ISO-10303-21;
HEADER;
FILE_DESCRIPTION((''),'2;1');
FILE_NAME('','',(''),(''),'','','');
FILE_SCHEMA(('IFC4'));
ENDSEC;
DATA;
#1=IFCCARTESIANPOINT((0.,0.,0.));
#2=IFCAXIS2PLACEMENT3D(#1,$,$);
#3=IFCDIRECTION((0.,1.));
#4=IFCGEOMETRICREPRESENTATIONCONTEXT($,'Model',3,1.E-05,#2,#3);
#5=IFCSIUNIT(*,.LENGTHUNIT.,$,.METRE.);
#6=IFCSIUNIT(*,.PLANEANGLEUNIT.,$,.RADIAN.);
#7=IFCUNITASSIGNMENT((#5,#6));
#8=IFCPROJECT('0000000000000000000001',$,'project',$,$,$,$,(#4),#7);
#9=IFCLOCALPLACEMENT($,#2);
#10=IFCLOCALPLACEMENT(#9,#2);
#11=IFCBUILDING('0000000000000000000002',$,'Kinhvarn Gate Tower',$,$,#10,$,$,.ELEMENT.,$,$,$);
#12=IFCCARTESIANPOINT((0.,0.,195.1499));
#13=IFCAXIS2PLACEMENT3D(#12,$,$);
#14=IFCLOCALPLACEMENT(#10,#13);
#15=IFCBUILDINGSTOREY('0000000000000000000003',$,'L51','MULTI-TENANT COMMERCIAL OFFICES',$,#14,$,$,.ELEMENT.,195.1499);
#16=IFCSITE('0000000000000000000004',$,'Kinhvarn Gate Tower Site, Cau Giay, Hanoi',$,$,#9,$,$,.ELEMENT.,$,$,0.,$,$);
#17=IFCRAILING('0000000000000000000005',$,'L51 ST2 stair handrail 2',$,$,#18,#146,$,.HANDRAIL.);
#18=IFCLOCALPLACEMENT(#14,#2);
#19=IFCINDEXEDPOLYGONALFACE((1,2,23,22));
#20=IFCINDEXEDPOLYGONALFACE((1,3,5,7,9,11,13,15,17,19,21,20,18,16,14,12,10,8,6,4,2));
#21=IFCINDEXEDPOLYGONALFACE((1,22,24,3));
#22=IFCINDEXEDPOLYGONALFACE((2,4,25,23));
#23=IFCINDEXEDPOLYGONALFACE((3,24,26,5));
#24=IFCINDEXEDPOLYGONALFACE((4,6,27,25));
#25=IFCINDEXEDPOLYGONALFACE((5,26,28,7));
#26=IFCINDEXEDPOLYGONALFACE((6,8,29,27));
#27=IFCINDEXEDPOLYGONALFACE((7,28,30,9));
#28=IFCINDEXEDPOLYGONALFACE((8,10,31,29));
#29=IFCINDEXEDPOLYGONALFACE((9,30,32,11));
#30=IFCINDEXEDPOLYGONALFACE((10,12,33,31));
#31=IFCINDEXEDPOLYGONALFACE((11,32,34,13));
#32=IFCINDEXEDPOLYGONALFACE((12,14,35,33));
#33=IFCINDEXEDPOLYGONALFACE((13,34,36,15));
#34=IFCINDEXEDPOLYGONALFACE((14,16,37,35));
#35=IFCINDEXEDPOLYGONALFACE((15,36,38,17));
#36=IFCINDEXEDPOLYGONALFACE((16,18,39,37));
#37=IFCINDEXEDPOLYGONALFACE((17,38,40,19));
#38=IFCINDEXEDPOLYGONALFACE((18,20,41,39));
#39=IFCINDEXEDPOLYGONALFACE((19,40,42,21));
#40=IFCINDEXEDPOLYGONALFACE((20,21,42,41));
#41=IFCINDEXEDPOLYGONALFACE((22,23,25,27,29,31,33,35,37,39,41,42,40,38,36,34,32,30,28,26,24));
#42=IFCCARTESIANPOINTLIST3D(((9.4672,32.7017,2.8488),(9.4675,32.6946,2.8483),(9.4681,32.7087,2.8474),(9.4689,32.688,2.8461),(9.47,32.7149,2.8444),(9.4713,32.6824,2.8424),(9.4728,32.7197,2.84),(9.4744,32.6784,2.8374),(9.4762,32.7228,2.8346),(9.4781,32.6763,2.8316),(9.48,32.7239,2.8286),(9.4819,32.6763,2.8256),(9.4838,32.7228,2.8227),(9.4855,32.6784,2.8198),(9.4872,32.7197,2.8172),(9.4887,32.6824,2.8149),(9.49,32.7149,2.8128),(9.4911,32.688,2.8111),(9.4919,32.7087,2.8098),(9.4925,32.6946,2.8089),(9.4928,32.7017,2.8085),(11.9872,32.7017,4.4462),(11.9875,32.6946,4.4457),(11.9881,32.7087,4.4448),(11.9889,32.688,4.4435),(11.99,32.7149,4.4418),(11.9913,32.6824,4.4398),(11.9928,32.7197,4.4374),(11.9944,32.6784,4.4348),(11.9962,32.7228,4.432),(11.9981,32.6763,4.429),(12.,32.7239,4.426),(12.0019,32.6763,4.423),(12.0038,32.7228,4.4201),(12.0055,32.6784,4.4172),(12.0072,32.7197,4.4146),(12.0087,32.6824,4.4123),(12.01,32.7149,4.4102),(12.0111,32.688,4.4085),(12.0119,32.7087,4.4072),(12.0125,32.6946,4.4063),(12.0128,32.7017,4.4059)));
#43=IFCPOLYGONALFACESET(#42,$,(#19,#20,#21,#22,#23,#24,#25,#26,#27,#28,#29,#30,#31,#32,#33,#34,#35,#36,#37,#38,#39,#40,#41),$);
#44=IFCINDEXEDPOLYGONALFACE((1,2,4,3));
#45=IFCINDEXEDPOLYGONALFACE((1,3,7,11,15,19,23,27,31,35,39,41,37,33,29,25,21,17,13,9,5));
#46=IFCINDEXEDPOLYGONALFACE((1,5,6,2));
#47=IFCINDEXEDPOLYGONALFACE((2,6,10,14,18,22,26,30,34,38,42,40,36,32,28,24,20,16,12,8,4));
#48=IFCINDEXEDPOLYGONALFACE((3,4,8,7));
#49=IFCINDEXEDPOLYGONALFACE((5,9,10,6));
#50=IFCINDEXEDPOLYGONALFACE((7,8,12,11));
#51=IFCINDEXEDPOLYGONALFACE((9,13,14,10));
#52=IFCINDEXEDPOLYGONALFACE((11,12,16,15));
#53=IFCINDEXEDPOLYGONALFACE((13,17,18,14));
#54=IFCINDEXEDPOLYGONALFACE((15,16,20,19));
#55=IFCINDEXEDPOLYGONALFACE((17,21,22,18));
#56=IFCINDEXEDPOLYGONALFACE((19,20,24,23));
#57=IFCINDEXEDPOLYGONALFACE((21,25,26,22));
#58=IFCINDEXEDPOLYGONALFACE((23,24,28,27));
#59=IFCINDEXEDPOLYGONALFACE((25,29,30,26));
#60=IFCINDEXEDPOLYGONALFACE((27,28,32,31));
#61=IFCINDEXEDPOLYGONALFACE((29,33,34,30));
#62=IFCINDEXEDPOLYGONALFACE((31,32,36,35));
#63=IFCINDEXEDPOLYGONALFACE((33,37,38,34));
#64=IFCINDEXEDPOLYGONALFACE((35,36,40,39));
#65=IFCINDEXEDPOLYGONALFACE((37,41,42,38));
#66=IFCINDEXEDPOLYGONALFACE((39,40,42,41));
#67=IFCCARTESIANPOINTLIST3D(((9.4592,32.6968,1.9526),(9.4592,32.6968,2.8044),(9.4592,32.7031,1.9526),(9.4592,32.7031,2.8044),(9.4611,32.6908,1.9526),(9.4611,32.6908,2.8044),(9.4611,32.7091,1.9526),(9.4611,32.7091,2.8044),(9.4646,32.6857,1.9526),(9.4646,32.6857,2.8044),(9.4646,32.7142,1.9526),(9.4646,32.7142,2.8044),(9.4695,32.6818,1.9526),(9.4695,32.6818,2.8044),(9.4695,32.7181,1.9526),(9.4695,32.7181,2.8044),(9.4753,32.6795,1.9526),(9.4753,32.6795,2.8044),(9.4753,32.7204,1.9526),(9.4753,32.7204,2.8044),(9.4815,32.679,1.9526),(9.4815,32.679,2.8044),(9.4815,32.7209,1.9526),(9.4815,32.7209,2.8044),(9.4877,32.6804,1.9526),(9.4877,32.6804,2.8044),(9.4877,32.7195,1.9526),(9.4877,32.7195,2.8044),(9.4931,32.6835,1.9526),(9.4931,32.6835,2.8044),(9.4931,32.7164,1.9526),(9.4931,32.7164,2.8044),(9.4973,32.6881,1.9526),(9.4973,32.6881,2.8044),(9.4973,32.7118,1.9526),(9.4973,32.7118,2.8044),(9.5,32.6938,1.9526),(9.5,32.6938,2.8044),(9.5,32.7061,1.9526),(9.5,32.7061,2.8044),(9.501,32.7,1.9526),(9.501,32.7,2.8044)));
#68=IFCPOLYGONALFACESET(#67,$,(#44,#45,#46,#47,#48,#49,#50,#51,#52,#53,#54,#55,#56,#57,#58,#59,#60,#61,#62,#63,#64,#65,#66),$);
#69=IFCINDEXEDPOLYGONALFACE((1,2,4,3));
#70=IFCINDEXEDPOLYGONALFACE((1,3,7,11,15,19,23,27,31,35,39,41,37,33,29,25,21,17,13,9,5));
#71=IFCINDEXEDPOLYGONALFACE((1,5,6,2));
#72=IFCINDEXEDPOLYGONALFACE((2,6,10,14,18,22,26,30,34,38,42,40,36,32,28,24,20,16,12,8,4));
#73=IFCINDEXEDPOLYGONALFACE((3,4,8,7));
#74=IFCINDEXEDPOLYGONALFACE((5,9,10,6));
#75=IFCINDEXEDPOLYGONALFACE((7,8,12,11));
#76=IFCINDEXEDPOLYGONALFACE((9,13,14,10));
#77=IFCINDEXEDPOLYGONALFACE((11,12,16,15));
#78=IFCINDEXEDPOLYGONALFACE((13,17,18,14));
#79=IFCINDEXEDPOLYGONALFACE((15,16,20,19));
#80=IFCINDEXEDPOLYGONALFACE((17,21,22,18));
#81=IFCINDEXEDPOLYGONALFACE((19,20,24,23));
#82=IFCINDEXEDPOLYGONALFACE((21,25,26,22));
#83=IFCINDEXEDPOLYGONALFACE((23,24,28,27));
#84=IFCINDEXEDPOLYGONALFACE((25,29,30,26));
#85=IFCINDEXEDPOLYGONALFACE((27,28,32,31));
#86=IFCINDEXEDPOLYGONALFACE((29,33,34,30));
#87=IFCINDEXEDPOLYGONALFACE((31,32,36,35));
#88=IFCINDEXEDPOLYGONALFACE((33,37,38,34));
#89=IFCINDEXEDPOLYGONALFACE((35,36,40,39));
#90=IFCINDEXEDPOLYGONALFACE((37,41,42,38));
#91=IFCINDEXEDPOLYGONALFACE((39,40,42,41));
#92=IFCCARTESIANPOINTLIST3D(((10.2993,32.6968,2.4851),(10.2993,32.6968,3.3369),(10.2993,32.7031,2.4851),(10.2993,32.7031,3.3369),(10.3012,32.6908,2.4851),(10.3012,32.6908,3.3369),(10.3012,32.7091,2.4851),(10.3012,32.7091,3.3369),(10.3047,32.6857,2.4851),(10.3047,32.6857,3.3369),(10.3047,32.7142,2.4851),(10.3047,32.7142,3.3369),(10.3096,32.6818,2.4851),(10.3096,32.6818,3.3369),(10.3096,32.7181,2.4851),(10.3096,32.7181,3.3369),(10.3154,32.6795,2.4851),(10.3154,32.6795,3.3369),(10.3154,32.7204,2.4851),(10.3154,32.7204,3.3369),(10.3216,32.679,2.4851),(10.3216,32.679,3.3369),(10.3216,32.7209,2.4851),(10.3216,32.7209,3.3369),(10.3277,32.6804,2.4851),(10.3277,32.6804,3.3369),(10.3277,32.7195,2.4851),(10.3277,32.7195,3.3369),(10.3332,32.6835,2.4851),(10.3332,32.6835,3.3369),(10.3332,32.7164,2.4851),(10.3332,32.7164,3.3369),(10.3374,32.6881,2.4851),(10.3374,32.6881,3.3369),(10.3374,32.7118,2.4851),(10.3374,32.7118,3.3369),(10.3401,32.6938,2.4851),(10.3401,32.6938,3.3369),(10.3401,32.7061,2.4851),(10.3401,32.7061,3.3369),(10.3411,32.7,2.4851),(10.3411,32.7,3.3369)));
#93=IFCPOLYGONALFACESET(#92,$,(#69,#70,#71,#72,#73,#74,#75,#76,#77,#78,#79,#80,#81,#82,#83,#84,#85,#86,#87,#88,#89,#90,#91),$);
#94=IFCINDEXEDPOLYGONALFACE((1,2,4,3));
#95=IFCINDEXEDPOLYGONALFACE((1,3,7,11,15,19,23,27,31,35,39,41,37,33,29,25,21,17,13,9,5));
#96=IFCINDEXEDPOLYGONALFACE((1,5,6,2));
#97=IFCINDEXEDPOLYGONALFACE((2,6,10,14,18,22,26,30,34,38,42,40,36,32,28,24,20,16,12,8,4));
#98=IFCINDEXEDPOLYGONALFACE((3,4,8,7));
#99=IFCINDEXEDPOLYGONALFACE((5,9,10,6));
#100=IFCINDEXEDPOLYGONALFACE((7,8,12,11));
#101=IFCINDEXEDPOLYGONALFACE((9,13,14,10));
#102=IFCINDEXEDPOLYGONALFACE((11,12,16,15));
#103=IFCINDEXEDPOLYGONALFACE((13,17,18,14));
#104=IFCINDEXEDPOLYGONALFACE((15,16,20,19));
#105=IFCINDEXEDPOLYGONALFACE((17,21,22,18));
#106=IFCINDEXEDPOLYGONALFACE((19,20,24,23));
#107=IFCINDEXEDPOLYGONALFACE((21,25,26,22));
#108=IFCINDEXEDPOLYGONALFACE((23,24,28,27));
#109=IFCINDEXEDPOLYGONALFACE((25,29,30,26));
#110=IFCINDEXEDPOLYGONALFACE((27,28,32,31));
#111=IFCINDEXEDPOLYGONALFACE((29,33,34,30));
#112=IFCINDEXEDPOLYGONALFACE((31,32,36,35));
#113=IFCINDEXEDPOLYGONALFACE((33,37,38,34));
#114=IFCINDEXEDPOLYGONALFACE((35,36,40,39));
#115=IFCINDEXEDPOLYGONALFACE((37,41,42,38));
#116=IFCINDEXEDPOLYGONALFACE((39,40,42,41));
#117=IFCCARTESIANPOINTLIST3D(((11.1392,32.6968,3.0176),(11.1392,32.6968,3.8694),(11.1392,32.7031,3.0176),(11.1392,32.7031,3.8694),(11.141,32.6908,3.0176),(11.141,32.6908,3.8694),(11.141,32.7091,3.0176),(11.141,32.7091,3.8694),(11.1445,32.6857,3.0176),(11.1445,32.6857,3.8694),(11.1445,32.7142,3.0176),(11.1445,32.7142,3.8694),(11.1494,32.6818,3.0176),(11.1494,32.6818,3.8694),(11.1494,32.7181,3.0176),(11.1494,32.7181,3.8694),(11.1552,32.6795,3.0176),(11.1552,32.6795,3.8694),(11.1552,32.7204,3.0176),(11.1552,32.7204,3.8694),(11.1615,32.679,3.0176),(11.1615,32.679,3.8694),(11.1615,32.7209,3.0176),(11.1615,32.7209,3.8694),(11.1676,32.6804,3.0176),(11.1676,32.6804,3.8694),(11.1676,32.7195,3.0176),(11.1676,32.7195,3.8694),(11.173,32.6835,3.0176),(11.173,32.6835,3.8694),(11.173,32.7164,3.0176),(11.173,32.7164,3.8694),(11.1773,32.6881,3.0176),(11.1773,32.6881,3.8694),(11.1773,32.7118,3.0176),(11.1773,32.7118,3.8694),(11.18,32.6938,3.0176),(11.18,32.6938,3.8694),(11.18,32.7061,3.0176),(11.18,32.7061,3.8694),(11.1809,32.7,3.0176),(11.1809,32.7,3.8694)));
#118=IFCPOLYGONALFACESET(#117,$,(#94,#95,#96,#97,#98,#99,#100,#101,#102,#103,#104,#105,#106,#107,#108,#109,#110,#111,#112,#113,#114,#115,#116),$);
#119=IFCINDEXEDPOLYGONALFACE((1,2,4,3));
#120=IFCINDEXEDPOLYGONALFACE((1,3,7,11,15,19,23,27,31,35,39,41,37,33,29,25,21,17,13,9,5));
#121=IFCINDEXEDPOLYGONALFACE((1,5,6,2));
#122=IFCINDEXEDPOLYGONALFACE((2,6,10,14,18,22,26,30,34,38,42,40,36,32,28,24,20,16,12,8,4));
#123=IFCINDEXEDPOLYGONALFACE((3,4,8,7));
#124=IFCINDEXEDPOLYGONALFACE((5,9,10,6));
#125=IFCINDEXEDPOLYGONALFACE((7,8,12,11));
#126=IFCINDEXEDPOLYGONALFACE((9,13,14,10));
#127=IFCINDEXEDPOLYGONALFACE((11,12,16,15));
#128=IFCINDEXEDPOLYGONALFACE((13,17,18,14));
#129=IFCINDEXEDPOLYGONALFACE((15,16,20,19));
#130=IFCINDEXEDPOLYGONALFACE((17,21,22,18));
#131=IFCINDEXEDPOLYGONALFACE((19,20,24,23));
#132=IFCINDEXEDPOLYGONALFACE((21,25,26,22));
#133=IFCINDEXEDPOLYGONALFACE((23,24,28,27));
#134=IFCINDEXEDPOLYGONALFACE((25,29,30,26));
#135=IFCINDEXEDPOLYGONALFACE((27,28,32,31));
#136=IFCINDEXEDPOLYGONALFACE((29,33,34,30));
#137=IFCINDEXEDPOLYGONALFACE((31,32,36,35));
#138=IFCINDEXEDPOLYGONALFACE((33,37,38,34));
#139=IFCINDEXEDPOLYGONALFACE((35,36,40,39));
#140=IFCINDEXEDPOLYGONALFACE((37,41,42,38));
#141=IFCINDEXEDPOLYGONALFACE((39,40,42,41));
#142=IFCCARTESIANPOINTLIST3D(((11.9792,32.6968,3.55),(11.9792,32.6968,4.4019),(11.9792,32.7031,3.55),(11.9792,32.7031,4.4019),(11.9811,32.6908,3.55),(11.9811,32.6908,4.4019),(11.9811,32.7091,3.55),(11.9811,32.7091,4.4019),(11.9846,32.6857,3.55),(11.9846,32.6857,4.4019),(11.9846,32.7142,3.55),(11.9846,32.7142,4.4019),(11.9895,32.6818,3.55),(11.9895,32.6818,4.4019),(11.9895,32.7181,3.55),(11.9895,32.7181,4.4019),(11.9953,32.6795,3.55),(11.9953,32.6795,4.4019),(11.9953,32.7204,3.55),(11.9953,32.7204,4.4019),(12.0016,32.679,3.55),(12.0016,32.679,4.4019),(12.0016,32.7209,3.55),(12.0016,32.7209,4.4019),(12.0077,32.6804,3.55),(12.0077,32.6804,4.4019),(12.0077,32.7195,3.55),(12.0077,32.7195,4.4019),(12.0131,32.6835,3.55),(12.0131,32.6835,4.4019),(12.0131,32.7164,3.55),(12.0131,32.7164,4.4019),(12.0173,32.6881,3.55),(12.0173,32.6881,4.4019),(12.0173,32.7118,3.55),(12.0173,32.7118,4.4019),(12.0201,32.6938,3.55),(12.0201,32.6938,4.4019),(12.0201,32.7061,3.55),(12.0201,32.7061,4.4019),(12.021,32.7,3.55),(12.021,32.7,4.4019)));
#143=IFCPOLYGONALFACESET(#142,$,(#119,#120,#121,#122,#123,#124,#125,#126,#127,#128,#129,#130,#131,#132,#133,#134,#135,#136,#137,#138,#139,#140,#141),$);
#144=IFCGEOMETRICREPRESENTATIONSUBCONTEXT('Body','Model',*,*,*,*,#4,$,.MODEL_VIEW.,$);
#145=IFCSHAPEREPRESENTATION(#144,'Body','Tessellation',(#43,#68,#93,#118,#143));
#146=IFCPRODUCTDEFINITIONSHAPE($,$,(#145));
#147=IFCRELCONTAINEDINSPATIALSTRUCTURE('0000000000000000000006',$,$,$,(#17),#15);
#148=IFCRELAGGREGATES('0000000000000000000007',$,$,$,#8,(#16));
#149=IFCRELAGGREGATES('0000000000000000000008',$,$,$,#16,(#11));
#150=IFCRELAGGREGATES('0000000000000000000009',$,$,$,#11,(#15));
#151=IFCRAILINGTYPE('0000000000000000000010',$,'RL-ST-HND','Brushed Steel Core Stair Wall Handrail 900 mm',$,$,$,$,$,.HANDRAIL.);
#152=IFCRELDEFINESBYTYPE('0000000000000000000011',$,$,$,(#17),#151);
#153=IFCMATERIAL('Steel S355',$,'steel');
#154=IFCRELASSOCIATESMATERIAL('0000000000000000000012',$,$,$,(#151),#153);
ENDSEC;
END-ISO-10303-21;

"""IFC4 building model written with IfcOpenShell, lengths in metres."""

from ifc_helpers import new_model, si_unit, direction, frame, origin, origin_2d, place, context, subcontext, project, spatial, circle, extrude, material, type_object, element, save


model = new_model("IFC4")

# Units and contexts
model_context = context("Model", 3, precision=1e-05, world=origin(), true_north=direction((0.0, 1.0)))
body_context = subcontext(model_context, "Body", "Model", "MODEL_VIEW")
ifc_project = project(units=[si_unit("LENGTHUNIT", "METRE"), si_unit("PLANEANGLEUNIT", "RADIAN")], contexts=[model_context])

# Site, building, storey
site_placement = place(None, origin())
site = spatial("IfcSite", under=ifc_project, at=site_placement, Name="Kinhvarn Gate Tower Site, Cau Giay, Hanoi", CompositionType="ELEMENT", RefElevation=0.0)
building_placement = place(site_placement, origin())
building = spatial("IfcBuilding", under=site, at=building_placement, Name="Kinhvarn Gate Tower", CompositionType="ELEMENT")
storey_placement = place(building_placement, frame((0.0, 0.0, 195.1499)))
storey = spatial("IfcBuildingStorey", under=building, at=storey_placement, Name="L51", Description="MULTI-TENANT COMMERCIAL OFFICES", CompositionType="ELEMENT", Elevation=195.1499)

# Railing
ifc_material_1 = material(Name="Steel S355", Category="steel")
railing_type_1 = type_object("IfcRailingType", Name="RL-ST-HND", Description="Brushed Steel Core Stair Wall Handrail 900 mm", PredefinedType="HANDRAIL", material=ifc_material_1)
railing_1_placement = place(storey_placement, frame((9.48, 32.7, 1.9526)))
element("IfcRailing", 1, at=railing_1_placement, inside=storey, type_object=railing_type_1, Name="L51 ST2 stair handrail 2", PredefinedType="HANDRAIL", context=body_context, shape_type="SweptSolid", body=[
    extrude(circle(Radius=0.0239, at=origin_2d()), frame((0.0, 0.0, 0.876), z_axis=(0.844607, 0.0, 0.535387), x_axis=(0.0, 1.0, 0.0)), (0.0, 0.0, 1.0), 2.9836),
    extrude(circle(Radius=0.021, at=origin_2d()), origin(), (0.0, 0.0, 1.0), 0.8518),
    extrude(circle(Radius=0.021, at=origin_2d()), frame((0.8401, 0.0, 0.5325)), (0.0, 0.0, 1.0), 0.8518),
    extrude(circle(Radius=0.021, at=origin_2d()), frame((1.6799, 0.0, 1.0649)), (0.0, 0.0, 1.0), 0.8518),
    extrude(circle(Radius=0.021, at=origin_2d()), frame((2.52, 0.0, 1.5974)), (0.0, 0.0, 1.0), 0.8518),
])

save(model, "model.ifc")
